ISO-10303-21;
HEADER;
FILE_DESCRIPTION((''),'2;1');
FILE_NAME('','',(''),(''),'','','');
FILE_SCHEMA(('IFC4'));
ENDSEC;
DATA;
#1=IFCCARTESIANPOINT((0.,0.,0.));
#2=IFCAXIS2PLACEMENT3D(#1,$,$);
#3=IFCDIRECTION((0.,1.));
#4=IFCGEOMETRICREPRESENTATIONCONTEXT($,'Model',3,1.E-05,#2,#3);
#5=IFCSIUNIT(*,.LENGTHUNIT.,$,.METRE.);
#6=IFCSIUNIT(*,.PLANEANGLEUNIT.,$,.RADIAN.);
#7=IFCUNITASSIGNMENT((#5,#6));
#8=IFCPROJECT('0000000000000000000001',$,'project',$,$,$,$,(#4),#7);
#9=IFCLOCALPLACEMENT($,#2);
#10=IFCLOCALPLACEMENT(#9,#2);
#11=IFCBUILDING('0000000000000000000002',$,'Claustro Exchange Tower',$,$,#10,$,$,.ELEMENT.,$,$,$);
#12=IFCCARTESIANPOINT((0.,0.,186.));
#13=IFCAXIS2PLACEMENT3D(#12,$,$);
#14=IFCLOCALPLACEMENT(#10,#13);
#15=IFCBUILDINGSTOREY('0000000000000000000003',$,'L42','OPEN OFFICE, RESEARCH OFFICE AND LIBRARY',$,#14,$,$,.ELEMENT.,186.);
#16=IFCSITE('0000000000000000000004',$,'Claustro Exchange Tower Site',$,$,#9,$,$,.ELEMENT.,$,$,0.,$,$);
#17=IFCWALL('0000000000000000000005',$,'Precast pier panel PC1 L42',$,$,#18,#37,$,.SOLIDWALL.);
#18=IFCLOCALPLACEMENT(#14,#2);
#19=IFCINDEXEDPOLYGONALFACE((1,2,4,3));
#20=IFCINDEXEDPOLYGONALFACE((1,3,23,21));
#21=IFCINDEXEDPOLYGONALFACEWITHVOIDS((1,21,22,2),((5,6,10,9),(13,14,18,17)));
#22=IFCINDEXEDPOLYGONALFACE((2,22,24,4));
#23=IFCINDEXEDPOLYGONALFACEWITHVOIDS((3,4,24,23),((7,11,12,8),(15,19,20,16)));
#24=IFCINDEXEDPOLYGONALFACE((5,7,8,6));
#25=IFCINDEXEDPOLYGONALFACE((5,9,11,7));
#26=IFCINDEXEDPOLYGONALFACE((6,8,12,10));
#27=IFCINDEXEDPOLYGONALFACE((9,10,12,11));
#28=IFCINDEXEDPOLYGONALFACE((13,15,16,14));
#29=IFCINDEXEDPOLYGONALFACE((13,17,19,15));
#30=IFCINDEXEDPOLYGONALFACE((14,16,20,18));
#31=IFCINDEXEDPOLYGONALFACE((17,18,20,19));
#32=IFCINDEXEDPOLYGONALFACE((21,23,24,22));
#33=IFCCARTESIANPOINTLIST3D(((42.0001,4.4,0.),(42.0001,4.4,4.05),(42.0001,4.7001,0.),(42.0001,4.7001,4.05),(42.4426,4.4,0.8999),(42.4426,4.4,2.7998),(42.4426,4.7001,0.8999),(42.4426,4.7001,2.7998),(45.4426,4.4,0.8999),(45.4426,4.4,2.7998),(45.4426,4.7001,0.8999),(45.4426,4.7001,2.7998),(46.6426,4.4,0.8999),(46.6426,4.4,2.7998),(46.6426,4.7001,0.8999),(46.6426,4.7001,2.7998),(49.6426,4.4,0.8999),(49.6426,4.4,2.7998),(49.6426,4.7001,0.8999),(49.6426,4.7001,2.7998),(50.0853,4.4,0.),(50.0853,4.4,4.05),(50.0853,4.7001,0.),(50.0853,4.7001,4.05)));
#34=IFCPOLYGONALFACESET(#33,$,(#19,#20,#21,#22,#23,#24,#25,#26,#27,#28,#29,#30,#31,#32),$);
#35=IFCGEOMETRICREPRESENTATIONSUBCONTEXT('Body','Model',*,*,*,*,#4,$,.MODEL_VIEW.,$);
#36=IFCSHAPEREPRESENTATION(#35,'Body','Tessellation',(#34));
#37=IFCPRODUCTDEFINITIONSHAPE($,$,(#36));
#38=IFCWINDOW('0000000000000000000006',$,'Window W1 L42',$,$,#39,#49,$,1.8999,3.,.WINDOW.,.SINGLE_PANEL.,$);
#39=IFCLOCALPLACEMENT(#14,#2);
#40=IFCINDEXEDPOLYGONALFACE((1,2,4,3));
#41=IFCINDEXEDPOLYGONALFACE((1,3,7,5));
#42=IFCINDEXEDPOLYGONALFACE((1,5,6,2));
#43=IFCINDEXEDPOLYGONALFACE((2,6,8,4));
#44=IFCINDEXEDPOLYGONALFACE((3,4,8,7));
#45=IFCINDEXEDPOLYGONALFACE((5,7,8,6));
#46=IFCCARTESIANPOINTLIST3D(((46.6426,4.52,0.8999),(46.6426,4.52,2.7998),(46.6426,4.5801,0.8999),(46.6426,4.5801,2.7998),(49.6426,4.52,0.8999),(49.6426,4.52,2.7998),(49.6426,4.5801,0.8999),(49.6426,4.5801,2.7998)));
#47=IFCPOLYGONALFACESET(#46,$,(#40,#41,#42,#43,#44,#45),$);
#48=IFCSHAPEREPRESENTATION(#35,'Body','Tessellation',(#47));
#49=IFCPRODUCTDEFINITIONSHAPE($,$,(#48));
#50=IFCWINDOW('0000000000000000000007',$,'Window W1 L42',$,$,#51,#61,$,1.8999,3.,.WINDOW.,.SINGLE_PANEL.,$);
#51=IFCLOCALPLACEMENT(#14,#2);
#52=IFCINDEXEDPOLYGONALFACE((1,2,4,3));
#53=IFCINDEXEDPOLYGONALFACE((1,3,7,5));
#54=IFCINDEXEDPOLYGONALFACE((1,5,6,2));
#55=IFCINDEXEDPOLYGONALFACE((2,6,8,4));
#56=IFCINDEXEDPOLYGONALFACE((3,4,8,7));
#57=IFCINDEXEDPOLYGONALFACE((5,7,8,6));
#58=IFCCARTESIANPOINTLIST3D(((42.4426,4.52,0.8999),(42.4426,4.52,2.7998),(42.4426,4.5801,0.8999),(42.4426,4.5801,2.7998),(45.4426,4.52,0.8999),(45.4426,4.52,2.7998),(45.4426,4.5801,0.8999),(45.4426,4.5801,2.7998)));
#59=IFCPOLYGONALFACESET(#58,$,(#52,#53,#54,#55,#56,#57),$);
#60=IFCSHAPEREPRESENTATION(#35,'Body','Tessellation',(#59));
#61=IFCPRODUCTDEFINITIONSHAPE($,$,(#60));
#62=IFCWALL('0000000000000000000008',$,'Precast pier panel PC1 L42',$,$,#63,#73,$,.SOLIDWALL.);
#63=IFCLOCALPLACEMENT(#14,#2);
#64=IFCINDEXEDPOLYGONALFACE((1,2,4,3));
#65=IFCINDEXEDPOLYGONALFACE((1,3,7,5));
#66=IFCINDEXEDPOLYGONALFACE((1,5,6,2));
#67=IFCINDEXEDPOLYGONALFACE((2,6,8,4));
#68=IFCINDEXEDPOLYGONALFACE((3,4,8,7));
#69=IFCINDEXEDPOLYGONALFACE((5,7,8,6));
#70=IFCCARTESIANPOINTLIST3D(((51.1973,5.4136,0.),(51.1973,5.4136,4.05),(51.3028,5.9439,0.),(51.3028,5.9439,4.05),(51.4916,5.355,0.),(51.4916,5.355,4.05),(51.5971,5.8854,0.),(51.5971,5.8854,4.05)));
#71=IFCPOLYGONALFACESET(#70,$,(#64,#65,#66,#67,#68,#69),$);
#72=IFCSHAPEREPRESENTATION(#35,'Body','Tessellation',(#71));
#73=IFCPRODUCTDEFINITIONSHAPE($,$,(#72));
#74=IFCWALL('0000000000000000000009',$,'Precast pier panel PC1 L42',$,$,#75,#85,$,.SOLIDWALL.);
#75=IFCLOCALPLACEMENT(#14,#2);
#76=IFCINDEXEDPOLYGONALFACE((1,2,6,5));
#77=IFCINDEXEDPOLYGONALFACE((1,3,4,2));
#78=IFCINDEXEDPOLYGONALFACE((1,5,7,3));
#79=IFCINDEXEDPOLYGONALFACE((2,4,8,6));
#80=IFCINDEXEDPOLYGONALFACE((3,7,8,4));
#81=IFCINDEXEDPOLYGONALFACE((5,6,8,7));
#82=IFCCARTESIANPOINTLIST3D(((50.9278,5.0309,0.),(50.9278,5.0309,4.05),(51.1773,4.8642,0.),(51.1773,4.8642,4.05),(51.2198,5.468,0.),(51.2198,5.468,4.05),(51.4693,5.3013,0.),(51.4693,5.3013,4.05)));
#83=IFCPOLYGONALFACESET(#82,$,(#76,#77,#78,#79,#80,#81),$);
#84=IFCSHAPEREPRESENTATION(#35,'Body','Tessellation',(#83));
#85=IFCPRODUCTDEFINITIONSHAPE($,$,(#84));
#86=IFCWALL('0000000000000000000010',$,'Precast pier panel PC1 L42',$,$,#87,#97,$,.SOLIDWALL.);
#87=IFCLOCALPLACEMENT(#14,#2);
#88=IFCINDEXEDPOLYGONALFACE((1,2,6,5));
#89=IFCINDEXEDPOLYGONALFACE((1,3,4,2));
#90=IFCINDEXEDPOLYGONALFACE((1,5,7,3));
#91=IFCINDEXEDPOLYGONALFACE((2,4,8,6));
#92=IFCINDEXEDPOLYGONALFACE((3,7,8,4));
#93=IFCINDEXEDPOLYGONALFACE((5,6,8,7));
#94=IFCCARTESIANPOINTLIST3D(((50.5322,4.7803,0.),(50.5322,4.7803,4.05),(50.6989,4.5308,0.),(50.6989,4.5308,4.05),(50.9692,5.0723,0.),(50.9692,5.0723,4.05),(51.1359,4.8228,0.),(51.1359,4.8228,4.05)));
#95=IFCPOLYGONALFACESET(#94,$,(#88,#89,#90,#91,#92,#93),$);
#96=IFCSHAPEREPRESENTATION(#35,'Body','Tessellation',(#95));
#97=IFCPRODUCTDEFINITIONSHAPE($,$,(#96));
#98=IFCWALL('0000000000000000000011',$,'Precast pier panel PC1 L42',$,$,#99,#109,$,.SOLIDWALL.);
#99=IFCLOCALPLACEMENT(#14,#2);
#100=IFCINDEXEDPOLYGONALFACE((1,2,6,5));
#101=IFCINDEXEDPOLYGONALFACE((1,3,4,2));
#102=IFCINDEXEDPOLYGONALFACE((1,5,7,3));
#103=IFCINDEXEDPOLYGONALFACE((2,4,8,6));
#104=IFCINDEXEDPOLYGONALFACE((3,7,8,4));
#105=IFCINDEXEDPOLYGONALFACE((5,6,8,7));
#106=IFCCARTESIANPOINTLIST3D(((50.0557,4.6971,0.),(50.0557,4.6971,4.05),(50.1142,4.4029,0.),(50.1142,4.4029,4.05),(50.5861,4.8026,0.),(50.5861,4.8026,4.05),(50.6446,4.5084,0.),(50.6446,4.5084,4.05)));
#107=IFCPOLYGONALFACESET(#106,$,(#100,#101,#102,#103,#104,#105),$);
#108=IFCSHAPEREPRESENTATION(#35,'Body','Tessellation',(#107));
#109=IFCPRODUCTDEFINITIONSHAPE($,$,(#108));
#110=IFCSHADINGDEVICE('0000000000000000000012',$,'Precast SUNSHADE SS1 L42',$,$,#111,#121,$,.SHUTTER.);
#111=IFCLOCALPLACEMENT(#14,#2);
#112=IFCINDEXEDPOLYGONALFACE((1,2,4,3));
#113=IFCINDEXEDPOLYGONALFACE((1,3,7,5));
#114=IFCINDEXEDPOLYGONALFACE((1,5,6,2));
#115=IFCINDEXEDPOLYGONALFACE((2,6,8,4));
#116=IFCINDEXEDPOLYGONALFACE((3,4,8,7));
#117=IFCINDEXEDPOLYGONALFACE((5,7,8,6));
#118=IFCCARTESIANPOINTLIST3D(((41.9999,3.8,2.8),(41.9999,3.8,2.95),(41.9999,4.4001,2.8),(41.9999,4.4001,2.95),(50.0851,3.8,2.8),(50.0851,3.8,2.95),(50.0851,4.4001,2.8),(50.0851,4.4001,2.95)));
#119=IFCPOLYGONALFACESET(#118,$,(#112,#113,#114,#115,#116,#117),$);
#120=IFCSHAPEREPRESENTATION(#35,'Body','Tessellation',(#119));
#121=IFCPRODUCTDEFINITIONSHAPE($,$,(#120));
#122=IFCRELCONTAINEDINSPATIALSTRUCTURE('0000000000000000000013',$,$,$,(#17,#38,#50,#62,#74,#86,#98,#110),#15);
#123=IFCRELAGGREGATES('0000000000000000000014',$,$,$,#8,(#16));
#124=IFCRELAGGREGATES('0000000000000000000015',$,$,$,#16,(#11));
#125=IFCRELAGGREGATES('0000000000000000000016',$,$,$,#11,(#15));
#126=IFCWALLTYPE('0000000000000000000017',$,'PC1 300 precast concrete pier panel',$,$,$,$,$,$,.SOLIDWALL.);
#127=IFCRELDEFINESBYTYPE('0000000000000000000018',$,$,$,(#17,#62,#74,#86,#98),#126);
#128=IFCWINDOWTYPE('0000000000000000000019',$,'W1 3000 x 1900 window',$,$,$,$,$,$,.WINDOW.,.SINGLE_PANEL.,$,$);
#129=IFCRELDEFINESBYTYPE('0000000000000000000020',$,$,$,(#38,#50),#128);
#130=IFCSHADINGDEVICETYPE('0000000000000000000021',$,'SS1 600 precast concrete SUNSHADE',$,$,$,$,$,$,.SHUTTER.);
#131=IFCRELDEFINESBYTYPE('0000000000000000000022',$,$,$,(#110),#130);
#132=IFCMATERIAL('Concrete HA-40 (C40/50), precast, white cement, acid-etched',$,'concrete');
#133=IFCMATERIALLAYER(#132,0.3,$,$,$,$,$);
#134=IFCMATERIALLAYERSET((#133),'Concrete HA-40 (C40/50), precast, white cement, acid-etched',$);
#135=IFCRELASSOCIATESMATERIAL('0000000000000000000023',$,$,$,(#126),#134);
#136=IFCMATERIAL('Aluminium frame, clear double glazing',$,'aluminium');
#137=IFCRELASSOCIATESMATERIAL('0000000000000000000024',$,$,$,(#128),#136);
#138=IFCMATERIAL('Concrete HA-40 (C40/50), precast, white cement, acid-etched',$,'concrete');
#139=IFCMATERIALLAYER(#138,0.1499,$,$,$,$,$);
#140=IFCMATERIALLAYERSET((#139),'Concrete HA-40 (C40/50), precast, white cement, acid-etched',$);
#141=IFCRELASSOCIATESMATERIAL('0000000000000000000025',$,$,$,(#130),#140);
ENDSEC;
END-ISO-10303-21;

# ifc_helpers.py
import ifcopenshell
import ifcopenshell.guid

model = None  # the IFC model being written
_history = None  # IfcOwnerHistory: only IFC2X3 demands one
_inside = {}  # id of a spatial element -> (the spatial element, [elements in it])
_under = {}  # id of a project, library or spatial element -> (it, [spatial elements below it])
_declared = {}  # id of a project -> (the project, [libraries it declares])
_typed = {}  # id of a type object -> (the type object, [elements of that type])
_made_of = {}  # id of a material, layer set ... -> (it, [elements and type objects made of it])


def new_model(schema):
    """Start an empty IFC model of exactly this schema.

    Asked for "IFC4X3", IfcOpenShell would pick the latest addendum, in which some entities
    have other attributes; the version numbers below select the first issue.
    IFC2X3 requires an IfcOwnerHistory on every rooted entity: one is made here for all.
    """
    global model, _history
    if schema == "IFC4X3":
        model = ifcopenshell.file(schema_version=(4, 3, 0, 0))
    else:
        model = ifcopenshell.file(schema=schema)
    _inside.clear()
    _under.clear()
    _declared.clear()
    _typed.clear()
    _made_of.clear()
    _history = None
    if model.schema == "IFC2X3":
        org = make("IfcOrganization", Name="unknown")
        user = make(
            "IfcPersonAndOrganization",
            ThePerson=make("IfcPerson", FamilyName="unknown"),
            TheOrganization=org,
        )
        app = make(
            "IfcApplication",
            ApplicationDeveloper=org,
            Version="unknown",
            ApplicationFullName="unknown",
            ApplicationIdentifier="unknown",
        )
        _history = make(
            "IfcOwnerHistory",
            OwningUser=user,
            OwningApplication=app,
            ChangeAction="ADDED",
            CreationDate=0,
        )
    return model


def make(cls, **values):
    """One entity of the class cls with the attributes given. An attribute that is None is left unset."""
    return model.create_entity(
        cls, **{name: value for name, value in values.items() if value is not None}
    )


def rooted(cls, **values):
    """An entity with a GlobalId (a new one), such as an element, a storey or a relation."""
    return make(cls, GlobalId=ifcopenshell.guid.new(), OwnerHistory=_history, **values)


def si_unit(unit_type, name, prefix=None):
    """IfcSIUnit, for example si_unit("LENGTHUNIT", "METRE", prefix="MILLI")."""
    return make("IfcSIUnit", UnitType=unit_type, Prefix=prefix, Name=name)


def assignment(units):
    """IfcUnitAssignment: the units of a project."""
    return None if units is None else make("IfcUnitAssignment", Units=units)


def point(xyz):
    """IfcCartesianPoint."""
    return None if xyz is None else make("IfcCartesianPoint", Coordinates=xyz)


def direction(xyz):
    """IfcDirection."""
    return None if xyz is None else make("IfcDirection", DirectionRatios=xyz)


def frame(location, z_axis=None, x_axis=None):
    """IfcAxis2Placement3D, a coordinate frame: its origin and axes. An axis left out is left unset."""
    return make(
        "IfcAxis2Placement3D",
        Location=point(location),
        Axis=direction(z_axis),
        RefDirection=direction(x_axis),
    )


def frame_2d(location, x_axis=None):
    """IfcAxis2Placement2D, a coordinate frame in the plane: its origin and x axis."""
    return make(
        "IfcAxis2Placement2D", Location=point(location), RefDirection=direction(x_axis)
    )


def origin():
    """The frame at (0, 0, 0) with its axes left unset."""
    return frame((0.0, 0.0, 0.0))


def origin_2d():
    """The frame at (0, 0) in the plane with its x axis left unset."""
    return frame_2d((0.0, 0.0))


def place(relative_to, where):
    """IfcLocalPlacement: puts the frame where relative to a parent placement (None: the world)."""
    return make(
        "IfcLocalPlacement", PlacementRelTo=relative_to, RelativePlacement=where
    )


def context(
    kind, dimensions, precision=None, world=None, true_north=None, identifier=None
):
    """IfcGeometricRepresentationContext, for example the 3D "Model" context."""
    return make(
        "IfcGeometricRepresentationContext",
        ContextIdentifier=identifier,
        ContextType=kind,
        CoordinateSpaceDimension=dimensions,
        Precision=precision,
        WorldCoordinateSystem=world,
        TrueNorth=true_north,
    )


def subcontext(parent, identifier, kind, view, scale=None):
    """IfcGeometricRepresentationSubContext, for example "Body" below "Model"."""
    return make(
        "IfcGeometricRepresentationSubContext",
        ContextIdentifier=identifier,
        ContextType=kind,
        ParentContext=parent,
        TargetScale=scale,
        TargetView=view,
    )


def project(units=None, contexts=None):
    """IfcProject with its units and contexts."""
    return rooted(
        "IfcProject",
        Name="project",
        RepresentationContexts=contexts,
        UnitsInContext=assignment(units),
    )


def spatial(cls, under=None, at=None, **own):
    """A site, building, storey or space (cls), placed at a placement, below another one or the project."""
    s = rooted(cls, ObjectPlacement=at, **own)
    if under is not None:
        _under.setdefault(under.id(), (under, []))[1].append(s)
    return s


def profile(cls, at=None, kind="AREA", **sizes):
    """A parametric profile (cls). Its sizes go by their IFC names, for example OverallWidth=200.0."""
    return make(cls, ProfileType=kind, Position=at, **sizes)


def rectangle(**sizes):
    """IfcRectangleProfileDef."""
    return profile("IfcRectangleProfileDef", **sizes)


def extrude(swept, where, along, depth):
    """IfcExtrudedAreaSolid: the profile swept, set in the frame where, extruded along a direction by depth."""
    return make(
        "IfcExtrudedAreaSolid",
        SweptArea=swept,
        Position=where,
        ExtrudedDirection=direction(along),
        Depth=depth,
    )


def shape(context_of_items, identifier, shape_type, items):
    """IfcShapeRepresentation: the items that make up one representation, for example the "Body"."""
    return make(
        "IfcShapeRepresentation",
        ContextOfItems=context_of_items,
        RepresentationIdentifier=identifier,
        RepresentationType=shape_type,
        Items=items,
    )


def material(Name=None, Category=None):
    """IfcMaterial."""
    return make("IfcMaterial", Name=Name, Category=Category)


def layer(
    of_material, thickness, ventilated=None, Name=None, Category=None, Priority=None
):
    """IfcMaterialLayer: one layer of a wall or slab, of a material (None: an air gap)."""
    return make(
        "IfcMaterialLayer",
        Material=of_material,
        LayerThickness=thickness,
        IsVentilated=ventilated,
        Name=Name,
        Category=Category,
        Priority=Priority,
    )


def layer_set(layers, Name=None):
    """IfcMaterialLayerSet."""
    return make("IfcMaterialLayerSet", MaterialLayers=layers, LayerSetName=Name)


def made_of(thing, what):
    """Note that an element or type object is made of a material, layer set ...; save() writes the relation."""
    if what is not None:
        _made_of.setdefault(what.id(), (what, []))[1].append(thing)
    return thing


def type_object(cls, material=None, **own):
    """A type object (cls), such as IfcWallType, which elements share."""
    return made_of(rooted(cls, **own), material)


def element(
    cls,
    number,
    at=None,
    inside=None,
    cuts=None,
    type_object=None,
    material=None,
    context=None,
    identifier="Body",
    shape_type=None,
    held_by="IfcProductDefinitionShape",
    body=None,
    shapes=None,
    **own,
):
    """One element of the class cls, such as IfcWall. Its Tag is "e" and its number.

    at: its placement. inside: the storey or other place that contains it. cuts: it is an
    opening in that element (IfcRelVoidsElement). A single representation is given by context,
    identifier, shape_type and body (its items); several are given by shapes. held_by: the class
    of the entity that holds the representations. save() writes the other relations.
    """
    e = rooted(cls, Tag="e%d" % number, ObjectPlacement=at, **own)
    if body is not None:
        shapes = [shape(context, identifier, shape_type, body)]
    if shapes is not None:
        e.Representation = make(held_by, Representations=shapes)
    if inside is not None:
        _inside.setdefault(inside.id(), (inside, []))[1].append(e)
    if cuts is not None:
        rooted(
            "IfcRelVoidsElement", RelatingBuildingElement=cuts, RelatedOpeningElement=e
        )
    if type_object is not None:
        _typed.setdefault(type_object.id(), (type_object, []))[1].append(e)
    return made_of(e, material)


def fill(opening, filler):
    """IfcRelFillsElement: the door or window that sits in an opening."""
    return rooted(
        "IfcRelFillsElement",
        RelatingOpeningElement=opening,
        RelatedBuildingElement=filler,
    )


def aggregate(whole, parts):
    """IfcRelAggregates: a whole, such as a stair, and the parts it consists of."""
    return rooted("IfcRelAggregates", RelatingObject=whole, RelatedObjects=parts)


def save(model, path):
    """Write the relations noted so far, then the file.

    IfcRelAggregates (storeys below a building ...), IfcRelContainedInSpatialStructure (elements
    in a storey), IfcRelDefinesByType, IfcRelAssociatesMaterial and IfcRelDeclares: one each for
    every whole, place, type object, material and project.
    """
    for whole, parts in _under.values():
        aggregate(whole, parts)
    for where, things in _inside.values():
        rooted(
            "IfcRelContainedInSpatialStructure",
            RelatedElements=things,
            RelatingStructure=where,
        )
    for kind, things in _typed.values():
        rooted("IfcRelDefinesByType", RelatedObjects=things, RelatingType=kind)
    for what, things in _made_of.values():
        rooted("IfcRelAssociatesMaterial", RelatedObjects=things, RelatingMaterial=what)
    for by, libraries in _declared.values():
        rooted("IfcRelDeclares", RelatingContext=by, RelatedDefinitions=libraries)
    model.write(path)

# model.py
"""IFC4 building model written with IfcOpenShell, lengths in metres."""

from ifc_helpers import new_model, si_unit, direction, frame, frame_2d, origin, origin_2d, place, context, subcontext, project, spatial, rectangle, extrude, material, layer, layer_set, type_object, element, fill, save


model = new_model("IFC4")

# Units and contexts
model_context = context("Model", 3, precision=1e-05, world=origin(), true_north=direction((0.0, 1.0)))
body_context = subcontext(model_context, "Body", "Model", "MODEL_VIEW")
ifc_project = project(units=[si_unit("LENGTHUNIT", "METRE"), si_unit("PLANEANGLEUNIT", "RADIAN")], contexts=[model_context])

# Site, building, storey
site_placement = place(None, origin())
site = spatial("IfcSite", under=ifc_project, at=site_placement, Name="Claustro Exchange Tower Site", CompositionType="ELEMENT", RefElevation=0.0)
building_placement = place(site_placement, origin())
building = spatial("IfcBuilding", under=site, at=building_placement, Name="Claustro Exchange Tower", CompositionType="ELEMENT")
storey_placement = place(building_placement, frame((0.0, 0.0, 186.0)))
storey = spatial("IfcBuildingStorey", under=building, at=storey_placement, Name="L42", Description="OPEN OFFICE, RESEARCH OFFICE AND LIBRARY", CompositionType="ELEMENT", Elevation=186.0)

# Wall, openings, windows
ifc_material_1 = material(Name="Concrete HA-40 (C40/50), precast, white cement, acid-etched", Category="concrete")
ifc_layer_1 = layer(ifc_material_1, 0.3)
ifc_layer_set_1 = layer_set([ifc_layer_1], Name="Concrete HA-40 (C40/50), precast, white cement, acid-etched")
wall_type_1 = type_object("IfcWallType", Name="PC1 300 precast concrete pier panel", PredefinedType="SOLIDWALL", material=ifc_layer_set_1)
wall_1_placement = place(storey_placement, frame((50.0852, 4.55, 0.0), z_axis=(0.0, 0.0, 1.0), x_axis=(-1.0, 0.0, 0.0)))
wall_1 = element("IfcWall", 1, at=wall_1_placement, inside=storey, type_object=wall_type_1, Name="Precast pier panel PC1 L42", PredefinedType="SOLIDWALL", context=body_context, shape_type="SweptSolid", body=[
    extrude(rectangle(XDim=8.0852, YDim=0.3, at=frame_2d((4.0425, 0.0))), origin(), (0.0, 0.0, 1.0), 4.05),
])
opening_1_placement = place(wall_1_placement, frame((0.4426, 0.0, 0.8999)))
opening_1 = element("IfcOpeningElement", 2, at=opening_1_placement, cuts=wall_1, PredefinedType="OPENING", context=body_context, shape_type="SweptSolid", body=[
    extrude(rectangle(XDim=3.0, YDim=1.8999, at=frame_2d((1.5, 0.95))), frame((0.0, 0.1599, 0.0), z_axis=(0.0, -1.0, 0.0), x_axis=(1.0, 0.0, 0.0)), (0.0, 0.0, 1.0), 0.3201),
])
opening_2_placement = place(wall_1_placement, frame((4.6426, 0.0, 0.8999)))
opening_2 = element("IfcOpeningElement", 3, at=opening_2_placement, cuts=wall_1, PredefinedType="OPENING", context=body_context, shape_type="SweptSolid", body=[
    extrude(rectangle(XDim=3.0, YDim=1.8999, at=frame_2d((1.5, 0.95))), frame((0.0, 0.1599, 0.0), z_axis=(0.0, -1.0, 0.0), x_axis=(1.0, 0.0, 0.0)), (0.0, 0.0, 1.0), 0.3201),
])
ifc_material_2 = material(Name="Aluminium frame, clear double glazing", Category="aluminium")
window_type = type_object("IfcWindowType", Name="W1 3000 x 1900 window", PartitioningType="SINGLE_PANEL", PredefinedType="WINDOW", material=ifc_material_2)
window_1_placement = place(opening_1_placement, origin())
window_1 = element("IfcWindow", 4, at=window_1_placement, inside=storey, type_object=window_type, Name="Window W1 L42", OverallHeight=1.8999, OverallWidth=3.0, PartitioningType="SINGLE_PANEL", PredefinedType="WINDOW", context=body_context, shape_type="SweptSolid", body=[
    extrude(rectangle(XDim=3.0, YDim=1.8999, at=frame_2d((1.5, 0.95))), frame((0.0, 0.03, 0.0), z_axis=(0.0, -1.0, 0.0), x_axis=(1.0, 0.0, 0.0)), (0.0, 0.0, 1.0), 0.0601),
])
fill(opening_1, window_1)
window_2_placement = place(opening_2_placement, origin())
window_2 = element("IfcWindow", 5, at=window_2_placement, inside=storey, type_object=window_type, Name="Window W1 L42", OverallHeight=1.8999, OverallWidth=3.0, PartitioningType="SINGLE_PANEL", PredefinedType="WINDOW", context=body_context, shape_type="SweptSolid", body=[
    extrude(rectangle(XDim=3.0, YDim=1.8999, at=frame_2d((1.5, 0.95))), frame((0.0, 0.03, 0.0), z_axis=(0.0, -1.0, 0.0), x_axis=(1.0, 0.0, 0.0)), (0.0, 0.0, 1.0), 0.0601),
])
fill(opening_2, window_2)

# Walls
wall_2_placement = place(storey_placement, frame((51.45, 5.9148, 0.0), z_axis=(0.0, 0.0, 1.0), x_axis=(-0.195074, -0.980789, 0.0)))
element("IfcWall", 6, at=wall_2_placement, inside=storey, type_object=wall_type_1, Name="Precast pier panel PC1 L42", PredefinedType="SOLIDWALL", context=body_context, shape_type="SweptSolid", body=[
    extrude(rectangle(XDim=0.5408, YDim=0.3, at=frame_2d((0.2705, 0.0))), origin(), (0.0, 0.0, 1.0), 4.05),
])
for number, where, z_axis, x_axis, name in (
    (7, (51.3445, 5.3845, 0.0), (0.0, 0.0, 1.0), (-0.555557, -0.831478, 0.0), "Precast pier panel PC1 L42"),
    (8, (51.0525, 4.9475, 0.0), (0.0, 0.0, 1.0), (-0.831478, -0.555557, 0.0), "Precast pier panel PC1 L42"),
):
    element("IfcWall", number, at=place(storey_placement, frame(where, z_axis=z_axis, x_axis=x_axis)), inside=storey, type_object=wall_type_1, Name=name, PredefinedType="SOLIDWALL", context=body_context, shape_type="SweptSolid", body=[
        extrude(rectangle(XDim=0.5256, YDim=0.3, at=frame_2d((0.2627, 0.0))), origin(), (0.0, 0.0, 1.0), 4.05),
    ])
wall_3_placement = place(storey_placement, frame((50.6155, 4.6555, 0.0), z_axis=(0.0, 0.0, 1.0), x_axis=(-0.980789, -0.195074, 0.0)))
element("IfcWall", 9, at=wall_3_placement, inside=storey, type_object=wall_type_1, Name="Precast pier panel PC1 L42", PredefinedType="SOLIDWALL", context=body_context, shape_type="SweptSolid", body=[
    extrude(rectangle(XDim=0.5408, YDim=0.3, at=frame_2d((0.2705, 0.0))), origin(), (0.0, 0.0, 1.0), 4.05),
])

# Shading device
ifc_material_3 = material(Name="Concrete HA-40 (C40/50), precast, white cement, acid-etched", Category="concrete")
ifc_layer_2 = layer(ifc_material_3, 0.1499)
ifc_layer_set_2 = layer_set([ifc_layer_2], Name="Concrete HA-40 (C40/50), precast, white cement, acid-etched")
shading_device_type = type_object("IfcShadingDeviceType", Name="SS1 600 precast concrete SUNSHADE", PredefinedType="SHUTTER", material=ifc_layer_set_2)
shading_device_placement = place(storey_placement, frame((46.0425, 4.1001, 2.8), z_axis=(0.0, 0.0, 1.0), x_axis=(-1.0, 0.0, 0.0)))
element("IfcShadingDevice", 10, at=shading_device_placement, inside=storey, type_object=shading_device_type, Name="Precast SUNSHADE SS1 L42", PredefinedType="SHUTTER", context=body_context, shape_type="SweptSolid", body=[
    extrude(rectangle(XDim=8.0852, YDim=0.6001, at=origin_2d()), origin(), (0.0, 0.0, 1.0), 0.1499),
])

save(model, "model.ifc")
